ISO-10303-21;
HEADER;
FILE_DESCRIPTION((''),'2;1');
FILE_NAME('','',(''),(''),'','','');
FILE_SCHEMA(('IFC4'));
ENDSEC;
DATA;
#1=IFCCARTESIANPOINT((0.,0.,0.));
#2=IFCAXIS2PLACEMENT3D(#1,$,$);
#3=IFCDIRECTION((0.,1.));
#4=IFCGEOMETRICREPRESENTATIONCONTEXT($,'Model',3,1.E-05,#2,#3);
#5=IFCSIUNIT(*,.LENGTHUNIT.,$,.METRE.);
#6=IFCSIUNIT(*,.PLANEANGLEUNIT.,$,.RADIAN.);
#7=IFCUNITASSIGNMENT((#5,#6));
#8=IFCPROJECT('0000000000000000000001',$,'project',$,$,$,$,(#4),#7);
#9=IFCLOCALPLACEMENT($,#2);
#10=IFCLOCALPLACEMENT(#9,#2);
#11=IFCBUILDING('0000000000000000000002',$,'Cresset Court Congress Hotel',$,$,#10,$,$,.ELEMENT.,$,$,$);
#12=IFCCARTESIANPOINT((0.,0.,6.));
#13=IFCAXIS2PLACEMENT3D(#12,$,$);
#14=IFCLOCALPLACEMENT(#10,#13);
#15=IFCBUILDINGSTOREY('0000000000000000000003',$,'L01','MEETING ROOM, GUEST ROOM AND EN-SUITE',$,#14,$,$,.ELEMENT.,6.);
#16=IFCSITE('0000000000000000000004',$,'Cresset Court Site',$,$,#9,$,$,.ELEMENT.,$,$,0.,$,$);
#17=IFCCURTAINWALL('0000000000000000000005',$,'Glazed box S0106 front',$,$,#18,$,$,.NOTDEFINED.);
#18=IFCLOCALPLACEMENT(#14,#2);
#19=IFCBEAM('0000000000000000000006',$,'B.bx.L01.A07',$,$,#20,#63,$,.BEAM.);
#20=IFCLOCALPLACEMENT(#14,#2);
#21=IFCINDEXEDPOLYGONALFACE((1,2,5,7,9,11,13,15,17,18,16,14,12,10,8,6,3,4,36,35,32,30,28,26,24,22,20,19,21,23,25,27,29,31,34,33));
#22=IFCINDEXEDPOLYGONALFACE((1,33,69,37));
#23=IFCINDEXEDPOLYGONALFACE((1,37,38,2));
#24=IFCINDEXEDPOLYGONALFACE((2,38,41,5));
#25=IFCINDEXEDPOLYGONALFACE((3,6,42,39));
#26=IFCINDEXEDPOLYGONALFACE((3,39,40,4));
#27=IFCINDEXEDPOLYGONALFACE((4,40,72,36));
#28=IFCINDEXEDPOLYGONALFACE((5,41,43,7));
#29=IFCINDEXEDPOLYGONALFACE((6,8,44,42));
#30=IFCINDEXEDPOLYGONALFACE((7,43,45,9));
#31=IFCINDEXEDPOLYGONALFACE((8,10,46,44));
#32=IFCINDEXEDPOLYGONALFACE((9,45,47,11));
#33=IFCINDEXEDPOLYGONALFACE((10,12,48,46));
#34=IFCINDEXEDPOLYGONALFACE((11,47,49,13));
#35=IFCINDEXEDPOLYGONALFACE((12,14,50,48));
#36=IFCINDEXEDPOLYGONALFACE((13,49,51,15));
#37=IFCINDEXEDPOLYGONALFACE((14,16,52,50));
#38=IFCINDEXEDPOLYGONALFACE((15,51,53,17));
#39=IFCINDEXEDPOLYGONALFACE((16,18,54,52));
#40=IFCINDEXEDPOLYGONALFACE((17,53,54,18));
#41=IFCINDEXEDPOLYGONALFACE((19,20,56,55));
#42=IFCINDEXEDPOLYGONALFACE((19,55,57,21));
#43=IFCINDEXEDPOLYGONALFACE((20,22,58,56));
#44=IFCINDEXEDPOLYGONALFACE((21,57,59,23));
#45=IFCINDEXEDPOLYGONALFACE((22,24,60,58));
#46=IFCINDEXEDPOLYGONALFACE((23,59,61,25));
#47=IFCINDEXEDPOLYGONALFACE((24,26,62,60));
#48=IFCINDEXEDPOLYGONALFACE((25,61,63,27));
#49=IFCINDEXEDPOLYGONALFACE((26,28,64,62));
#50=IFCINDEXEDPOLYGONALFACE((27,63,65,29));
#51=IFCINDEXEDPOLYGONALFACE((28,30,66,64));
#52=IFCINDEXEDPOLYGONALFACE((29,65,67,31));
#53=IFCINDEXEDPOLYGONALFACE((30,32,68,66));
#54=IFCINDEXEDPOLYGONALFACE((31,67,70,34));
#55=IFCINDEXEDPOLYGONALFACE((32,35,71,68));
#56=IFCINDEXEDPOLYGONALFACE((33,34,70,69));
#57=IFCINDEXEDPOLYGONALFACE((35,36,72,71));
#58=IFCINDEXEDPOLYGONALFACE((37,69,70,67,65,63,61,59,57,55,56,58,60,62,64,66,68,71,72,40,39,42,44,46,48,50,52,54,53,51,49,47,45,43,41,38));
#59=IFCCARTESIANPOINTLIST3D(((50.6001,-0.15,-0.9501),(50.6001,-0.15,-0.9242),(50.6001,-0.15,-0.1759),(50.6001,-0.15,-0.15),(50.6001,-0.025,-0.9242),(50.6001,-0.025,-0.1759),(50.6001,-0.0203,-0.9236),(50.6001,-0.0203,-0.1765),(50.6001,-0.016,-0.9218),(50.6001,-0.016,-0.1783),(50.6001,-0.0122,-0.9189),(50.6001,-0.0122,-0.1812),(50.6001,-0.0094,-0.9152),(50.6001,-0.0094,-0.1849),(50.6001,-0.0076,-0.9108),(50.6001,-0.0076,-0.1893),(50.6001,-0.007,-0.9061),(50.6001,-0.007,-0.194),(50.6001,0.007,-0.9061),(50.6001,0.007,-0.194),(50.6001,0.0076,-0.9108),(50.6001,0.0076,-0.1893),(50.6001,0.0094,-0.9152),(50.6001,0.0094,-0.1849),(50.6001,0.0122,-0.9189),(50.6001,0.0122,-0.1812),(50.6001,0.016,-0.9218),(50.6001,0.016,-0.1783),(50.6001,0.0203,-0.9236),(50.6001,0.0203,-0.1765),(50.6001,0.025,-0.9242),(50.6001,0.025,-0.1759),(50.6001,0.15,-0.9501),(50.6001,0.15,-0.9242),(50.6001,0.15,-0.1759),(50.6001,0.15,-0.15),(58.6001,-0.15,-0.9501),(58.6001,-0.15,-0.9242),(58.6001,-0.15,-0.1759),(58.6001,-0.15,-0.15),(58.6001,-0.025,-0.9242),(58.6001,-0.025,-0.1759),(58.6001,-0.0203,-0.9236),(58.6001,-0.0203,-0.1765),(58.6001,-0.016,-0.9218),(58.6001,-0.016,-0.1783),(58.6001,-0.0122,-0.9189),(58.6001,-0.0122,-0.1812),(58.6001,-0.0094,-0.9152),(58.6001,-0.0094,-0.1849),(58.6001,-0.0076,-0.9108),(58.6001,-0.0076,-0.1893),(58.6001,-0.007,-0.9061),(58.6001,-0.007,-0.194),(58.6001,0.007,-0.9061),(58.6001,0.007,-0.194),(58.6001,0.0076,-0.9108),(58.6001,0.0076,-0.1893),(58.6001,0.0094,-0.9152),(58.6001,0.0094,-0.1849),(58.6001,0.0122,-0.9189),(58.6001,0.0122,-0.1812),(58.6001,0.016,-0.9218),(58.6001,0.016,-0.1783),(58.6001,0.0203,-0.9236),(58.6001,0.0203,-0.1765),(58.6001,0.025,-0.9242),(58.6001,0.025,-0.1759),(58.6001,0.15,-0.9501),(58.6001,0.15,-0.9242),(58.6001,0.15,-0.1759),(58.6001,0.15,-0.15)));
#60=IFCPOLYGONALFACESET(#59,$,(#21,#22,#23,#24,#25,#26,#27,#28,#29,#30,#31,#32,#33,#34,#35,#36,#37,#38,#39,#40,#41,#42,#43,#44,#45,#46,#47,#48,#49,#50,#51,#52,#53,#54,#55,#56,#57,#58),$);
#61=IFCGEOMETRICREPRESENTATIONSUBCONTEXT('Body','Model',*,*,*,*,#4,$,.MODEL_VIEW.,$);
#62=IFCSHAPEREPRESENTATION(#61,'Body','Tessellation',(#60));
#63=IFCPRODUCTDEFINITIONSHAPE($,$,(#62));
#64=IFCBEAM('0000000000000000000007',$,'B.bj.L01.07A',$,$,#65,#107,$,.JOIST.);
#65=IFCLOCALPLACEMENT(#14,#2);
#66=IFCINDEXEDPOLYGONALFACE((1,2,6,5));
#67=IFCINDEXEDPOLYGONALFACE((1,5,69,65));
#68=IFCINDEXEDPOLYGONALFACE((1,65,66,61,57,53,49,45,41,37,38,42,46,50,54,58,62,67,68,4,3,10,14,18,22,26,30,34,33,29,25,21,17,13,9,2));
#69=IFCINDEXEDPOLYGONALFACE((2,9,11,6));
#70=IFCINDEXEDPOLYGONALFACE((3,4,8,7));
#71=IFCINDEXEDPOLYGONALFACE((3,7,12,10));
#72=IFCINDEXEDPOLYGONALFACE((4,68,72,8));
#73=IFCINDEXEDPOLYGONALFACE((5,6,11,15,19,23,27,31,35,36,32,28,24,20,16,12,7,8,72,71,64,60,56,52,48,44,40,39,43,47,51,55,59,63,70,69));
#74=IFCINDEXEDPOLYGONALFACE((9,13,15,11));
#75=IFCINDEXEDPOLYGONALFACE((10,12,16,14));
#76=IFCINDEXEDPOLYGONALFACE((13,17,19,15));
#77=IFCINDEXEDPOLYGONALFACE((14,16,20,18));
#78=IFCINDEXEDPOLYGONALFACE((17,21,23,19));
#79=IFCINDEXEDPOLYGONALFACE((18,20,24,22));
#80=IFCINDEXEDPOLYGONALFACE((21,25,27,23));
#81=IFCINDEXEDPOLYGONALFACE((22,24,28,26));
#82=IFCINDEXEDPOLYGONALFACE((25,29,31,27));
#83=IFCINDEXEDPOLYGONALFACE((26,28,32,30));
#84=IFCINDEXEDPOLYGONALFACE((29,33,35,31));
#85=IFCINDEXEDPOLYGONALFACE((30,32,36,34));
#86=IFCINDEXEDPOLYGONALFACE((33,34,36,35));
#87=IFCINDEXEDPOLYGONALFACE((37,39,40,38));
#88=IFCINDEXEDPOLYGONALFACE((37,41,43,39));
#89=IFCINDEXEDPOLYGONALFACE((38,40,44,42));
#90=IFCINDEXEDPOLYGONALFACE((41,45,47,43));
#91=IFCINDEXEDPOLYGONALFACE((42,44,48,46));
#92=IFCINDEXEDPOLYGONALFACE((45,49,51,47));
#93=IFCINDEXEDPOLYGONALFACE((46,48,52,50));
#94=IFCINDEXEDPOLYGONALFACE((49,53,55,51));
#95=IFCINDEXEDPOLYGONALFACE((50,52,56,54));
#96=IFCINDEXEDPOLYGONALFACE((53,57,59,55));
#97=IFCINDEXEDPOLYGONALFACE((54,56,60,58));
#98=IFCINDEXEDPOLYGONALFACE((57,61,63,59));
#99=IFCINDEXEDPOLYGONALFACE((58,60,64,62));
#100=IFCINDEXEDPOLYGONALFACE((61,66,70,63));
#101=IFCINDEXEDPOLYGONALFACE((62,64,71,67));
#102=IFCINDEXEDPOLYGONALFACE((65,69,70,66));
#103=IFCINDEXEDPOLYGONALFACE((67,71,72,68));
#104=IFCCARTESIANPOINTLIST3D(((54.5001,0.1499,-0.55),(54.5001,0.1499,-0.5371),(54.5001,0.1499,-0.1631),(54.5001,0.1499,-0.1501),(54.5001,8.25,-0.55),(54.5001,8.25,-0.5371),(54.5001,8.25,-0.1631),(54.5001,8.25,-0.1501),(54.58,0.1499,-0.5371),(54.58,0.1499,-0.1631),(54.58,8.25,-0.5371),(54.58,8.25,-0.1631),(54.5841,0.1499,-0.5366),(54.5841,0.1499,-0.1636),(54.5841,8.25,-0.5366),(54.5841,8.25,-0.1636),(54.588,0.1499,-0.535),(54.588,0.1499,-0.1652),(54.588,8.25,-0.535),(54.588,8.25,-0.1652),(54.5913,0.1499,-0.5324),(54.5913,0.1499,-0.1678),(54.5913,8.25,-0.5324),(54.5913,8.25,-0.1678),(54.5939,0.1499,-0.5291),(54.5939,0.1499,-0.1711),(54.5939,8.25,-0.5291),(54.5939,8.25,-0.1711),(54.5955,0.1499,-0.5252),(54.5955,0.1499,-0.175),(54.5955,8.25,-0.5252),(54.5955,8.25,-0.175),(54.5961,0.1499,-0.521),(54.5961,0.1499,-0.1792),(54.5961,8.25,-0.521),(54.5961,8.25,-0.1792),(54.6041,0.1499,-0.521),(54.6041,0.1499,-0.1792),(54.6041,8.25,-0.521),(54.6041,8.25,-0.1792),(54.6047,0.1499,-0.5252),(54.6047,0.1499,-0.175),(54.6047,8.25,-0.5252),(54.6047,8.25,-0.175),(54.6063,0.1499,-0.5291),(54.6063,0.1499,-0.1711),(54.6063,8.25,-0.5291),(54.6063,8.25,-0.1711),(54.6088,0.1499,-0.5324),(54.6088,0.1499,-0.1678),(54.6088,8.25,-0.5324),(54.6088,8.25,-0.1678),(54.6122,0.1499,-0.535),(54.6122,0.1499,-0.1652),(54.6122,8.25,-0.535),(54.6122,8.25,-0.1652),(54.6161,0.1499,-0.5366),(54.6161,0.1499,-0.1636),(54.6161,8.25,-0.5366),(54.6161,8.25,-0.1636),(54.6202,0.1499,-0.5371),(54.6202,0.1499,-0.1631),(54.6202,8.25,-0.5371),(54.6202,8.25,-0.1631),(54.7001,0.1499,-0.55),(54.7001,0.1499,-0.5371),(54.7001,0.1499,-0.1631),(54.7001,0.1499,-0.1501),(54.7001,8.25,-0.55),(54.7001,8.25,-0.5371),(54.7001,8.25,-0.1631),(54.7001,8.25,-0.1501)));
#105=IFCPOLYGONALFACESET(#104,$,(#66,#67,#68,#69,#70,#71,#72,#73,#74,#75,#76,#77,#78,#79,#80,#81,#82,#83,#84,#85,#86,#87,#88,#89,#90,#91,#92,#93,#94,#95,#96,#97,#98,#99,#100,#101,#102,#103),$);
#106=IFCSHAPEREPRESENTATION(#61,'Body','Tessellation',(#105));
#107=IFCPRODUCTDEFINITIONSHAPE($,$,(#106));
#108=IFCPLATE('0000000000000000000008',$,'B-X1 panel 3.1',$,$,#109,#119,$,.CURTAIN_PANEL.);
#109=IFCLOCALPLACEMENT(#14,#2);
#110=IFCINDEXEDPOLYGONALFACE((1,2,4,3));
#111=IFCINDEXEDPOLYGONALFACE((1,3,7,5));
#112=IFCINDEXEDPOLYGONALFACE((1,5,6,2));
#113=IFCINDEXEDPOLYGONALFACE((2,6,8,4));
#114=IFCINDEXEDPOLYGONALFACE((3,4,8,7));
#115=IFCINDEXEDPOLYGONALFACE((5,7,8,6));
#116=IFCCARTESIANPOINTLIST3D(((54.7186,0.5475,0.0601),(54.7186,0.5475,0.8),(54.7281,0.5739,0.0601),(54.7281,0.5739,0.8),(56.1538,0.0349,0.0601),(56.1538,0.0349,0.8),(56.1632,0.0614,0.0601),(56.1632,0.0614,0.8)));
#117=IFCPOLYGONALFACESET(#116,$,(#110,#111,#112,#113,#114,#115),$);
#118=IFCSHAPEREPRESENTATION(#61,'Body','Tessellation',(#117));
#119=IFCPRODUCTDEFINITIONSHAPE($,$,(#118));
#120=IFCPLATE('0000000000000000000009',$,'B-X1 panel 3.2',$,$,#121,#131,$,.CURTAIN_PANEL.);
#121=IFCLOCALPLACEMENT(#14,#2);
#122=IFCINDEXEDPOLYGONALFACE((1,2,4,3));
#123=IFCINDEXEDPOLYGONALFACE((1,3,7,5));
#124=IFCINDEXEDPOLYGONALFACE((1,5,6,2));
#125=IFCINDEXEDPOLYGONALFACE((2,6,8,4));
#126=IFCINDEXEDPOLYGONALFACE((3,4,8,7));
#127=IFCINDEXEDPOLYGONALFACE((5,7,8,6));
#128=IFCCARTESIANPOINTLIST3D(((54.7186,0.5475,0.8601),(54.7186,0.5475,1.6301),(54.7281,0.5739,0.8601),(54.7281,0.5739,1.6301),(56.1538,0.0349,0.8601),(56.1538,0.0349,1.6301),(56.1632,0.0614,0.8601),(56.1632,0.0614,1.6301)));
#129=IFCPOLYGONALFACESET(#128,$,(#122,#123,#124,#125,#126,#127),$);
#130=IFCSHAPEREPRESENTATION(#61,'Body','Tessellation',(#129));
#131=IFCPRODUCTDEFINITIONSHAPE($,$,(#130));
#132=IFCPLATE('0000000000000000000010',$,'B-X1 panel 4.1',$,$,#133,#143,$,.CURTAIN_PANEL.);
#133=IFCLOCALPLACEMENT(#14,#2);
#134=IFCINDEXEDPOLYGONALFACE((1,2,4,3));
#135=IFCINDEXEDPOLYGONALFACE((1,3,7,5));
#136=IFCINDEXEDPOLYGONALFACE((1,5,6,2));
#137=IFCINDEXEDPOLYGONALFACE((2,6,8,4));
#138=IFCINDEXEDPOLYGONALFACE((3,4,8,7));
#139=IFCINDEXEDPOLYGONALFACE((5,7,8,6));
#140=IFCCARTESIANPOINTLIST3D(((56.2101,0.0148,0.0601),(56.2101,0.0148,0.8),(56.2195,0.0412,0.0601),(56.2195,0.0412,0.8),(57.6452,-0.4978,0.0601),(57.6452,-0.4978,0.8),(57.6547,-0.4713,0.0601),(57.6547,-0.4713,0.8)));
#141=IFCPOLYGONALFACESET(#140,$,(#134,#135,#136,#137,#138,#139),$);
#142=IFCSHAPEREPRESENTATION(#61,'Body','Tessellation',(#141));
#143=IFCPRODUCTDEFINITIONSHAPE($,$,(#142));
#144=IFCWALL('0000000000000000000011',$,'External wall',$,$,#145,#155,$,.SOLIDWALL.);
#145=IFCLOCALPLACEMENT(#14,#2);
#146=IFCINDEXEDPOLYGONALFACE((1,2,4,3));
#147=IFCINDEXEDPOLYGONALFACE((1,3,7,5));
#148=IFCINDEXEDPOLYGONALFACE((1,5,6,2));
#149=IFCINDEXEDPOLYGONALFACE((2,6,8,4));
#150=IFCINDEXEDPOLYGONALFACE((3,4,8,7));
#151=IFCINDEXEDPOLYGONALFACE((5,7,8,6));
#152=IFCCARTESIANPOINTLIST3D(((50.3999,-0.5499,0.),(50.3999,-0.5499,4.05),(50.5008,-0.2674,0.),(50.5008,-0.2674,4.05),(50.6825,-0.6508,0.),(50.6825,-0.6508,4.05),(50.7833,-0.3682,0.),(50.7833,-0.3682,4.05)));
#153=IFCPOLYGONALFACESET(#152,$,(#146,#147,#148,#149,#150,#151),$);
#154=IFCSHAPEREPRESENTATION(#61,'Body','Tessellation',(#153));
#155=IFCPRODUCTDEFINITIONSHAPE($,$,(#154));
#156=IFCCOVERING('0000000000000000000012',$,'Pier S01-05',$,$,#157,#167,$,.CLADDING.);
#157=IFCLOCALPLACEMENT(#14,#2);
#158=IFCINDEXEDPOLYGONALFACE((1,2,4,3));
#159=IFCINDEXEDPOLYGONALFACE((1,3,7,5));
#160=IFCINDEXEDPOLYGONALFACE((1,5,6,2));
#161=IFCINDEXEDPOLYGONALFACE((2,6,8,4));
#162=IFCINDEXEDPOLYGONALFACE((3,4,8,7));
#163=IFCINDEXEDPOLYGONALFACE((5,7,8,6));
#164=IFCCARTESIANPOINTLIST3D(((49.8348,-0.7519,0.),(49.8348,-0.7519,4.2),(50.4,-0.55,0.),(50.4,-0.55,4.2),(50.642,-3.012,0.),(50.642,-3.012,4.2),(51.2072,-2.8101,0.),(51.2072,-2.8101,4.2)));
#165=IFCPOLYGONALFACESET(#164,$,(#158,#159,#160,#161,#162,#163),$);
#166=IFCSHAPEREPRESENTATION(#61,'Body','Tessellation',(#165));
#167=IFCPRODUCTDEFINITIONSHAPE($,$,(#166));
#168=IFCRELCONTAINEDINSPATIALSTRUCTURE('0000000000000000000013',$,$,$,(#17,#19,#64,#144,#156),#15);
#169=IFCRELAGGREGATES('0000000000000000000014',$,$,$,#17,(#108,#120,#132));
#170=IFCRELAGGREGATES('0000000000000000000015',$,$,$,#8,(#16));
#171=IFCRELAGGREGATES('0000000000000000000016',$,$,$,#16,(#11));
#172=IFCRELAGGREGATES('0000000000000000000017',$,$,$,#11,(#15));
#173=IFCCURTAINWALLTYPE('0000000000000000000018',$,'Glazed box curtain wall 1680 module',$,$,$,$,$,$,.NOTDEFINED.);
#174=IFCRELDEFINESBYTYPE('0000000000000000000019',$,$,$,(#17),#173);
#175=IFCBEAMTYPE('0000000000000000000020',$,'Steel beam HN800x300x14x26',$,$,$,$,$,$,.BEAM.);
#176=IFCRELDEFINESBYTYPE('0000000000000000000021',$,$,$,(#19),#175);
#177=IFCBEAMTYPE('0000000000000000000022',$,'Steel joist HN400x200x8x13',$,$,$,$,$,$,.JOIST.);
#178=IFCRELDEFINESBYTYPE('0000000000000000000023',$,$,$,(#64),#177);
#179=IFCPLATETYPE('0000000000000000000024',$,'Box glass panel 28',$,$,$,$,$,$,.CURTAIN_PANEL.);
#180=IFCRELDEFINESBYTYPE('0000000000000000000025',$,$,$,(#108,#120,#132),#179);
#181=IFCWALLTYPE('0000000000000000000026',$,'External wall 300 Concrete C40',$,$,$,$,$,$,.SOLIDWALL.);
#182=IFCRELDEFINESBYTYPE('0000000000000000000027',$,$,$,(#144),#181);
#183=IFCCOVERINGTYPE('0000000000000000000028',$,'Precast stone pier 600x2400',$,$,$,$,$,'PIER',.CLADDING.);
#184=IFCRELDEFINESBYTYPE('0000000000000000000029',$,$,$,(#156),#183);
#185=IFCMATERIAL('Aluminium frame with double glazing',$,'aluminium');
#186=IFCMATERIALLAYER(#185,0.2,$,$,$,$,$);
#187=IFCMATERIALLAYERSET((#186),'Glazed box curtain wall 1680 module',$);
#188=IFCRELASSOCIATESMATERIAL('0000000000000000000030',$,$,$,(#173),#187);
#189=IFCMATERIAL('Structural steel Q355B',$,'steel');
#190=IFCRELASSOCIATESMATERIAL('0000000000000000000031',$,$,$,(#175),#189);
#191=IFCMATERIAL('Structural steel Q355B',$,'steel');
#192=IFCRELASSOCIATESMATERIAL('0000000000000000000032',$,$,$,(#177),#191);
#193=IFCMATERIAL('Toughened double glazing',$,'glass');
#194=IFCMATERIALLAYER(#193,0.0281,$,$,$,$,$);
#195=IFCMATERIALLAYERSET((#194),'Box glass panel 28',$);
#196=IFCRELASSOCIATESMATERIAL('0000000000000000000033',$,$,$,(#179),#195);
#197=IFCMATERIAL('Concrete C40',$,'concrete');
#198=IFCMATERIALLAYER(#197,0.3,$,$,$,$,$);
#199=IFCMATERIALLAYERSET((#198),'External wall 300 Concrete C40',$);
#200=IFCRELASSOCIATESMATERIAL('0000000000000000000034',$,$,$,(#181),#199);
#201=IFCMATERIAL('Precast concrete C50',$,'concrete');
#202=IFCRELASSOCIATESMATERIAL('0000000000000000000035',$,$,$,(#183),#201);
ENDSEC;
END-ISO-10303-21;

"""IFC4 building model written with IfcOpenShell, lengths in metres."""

from ifc_helpers import new_model, si_unit, direction, frame, frame_2d, origin, origin_2d, place, context, subcontext, project, spatial, rectangle, i_section, extrude, material, layer, layer_set, material_profile, profile_set, type_object, element, aggregate, save


model = new_model("IFC4")

# Units and contexts
model_context = context("Model", 3, precision=1e-05, world=origin(), true_north=direction((0.0, 1.0)))
body_context = subcontext(model_context, "Body", "Model", "MODEL_VIEW")
ifc_project = project(units=[si_unit("LENGTHUNIT", "METRE"), si_unit("PLANEANGLEUNIT", "RADIAN")], contexts=[model_context])

# Site, building, storey
site_placement = place(None, origin())
site = spatial("IfcSite", under=ifc_project, at=site_placement, Name="Cresset Court Site", CompositionType="ELEMENT", RefElevation=0.0)
building_placement = place(site_placement, origin())
building = spatial("IfcBuilding", under=site, at=building_placement, Name="Cresset Court Congress Hotel", CompositionType="ELEMENT")
storey_placement = place(building_placement, frame((0.0, 0.0, 6.0)))
storey = spatial("IfcBuildingStorey", under=building, at=storey_placement, Name="L01", Description="MEETING ROOM, GUEST ROOM AND EN-SUITE", CompositionType="ELEMENT", Elevation=6.0)

# Curtain wall
ifc_material_1 = material(Name="Aluminium frame with double glazing", Category="aluminium")
ifc_layer_1 = layer(ifc_material_1, 0.2)
ifc_layer_set_1 = layer_set([ifc_layer_1], Name="Glazed box curtain wall 1680 module")
curtain_wall_type = type_object("IfcCurtainWallType", Name="Glazed box curtain wall 1680 module", PredefinedType="NOTDEFINED", material=ifc_layer_set_1)
curtain_wall_1_placement = place(storey_placement, origin())
curtain_wall_1 = element("IfcCurtainWall", 1, at=curtain_wall_1_placement, inside=storey, type_object=curtain_wall_type, Name="Glazed box S0106 front", PredefinedType="NOTDEFINED")

# Beams
ifc_material_2 = material(Name="Structural steel Q355B", Category="steel")
ifc_material_profile_1 = material_profile(ifc_material_2, i_section(OverallWidth=0.3, OverallDepth=0.8, WebThickness=0.0139, FlangeThickness=0.0259, FilletRadius=0.0181, at=origin_2d()), Name="HN800x300x14x26")
ifc_profile_set_1 = profile_set([ifc_material_profile_1], Name="Structural steel Q355B")
beam_type_1 = type_object("IfcBeamType", Name="Steel beam HN800x300x14x26", PredefinedType="BEAM", material=ifc_profile_set_1)
beam_1_placement = place(storey_placement, frame((50.6001, 0.0, -0.55), z_axis=(1.0, 0.0, 0.0), x_axis=(0.0, 1.0, 0.0)))
element("IfcBeam", 2, at=beam_1_placement, inside=storey, type_object=beam_type_1, Name="B.bx.L01.A07", PredefinedType="BEAM", context=body_context, shape_type="SweptSolid", body=[
    extrude(i_section(OverallWidth=0.3, OverallDepth=0.8, WebThickness=0.0139, FlangeThickness=0.0259, FilletRadius=0.0181, at=origin_2d()), origin(), (0.0, 0.0, 1.0), 8.0),
])
ifc_material_3 = material(Name="Structural steel Q355B", Category="steel")
ifc_material_profile_2 = material_profile(ifc_material_3, i_section(OverallWidth=0.2, OverallDepth=0.3999, WebThickness=0.0081, FlangeThickness=0.0129, FilletRadius=0.0161, at=origin_2d()), Name="HN400x200x8x13")
ifc_profile_set_2 = profile_set([ifc_material_profile_2], Name="Structural steel Q355B")
beam_type_2 = type_object("IfcBeamType", Name="Steel joist HN400x200x8x13", PredefinedType="JOIST", material=ifc_profile_set_2)
beam_2_placement = place(storey_placement, frame((54.6001, 0.1499, -0.3501), z_axis=(0.0, 1.0, 0.0), x_axis=(-1.0, 0.0, 0.0)))
element("IfcBeam", 3, at=beam_2_placement, inside=storey, type_object=beam_type_2, Name="B.bj.L01.07A", PredefinedType="JOIST", context=body_context, shape_type="SweptSolid", body=[
    extrude(i_section(OverallWidth=0.2, OverallDepth=0.3999, WebThickness=0.0081, FlangeThickness=0.0129, FilletRadius=0.0161, at=origin_2d()), origin(), (0.0, 0.0, 1.0), 8.1001),
])

# Plates
ifc_material_4 = material(Name="Toughened double glazing", Category="glass")
ifc_layer_2 = layer(ifc_material_4, 0.0281)
ifc_layer_set_2 = layer_set([ifc_layer_2], Name="Box glass panel 28")
plate_type = type_object("IfcPlateType", Name="Box glass panel 28", PredefinedType="CURTAIN_PANEL", material=ifc_layer_set_2)
plate_1_placement = place(storey_placement, frame((55.4409, 0.3044, 0.0601), z_axis=(0.0, 0.0, 1.0), x_axis=(0.941742, -0.336336, 0.0)))
plate_1 = element("IfcPlate", 4, at=plate_1_placement, type_object=plate_type, Name="B-X1 panel 3.1", PredefinedType="CURTAIN_PANEL", context=body_context, shape_type="SweptSolid", body=[
    extrude(rectangle(XDim=1.5239, YDim=0.0281, at=origin_2d()), origin(), (0.0, 0.0, 1.0), 0.74),
])
plate_2_placement = place(storey_placement, frame((55.4409, 0.3044, 0.8601), z_axis=(0.0, 0.0, 1.0), x_axis=(0.941742, -0.336336, 0.0)))
plate_2 = element("IfcPlate", 5, at=plate_2_placement, type_object=plate_type, Name="B-X1 panel 3.2", PredefinedType="CURTAIN_PANEL", context=body_context, shape_type="SweptSolid", body=[
    extrude(rectangle(XDim=1.5239, YDim=0.0281, at=origin_2d()), origin(), (0.0, 0.0, 1.0), 0.77),
])
plate_3_placement = place(storey_placement, frame((56.9324, -0.2283, 0.0601), z_axis=(0.0, 0.0, 1.0), x_axis=(0.941742, -0.336336, 0.0)))
plate_3 = element("IfcPlate", 6, at=plate_3_placement, type_object=plate_type, Name="B-X1 panel 4.1", PredefinedType="CURTAIN_PANEL", context=body_context, shape_type="SweptSolid", body=[
    extrude(rectangle(XDim=1.5239, YDim=0.0281, at=origin_2d()), origin(), (0.0, 0.0, 1.0), 0.74),
])
aggregate(curtain_wall_1, [plate_1, plate_2, plate_3])

# Wall
ifc_material_5 = material(Name="Concrete C40", Category="concrete")
ifc_layer_3 = layer(ifc_material_5, 0.3)
ifc_layer_set_3 = layer_set([ifc_layer_3], Name="External wall 300 Concrete C40")
wall_type = type_object("IfcWallType", Name="External wall 300 Concrete C40", PredefinedType="SOLIDWALL", material=ifc_layer_set_3)
wall_placement = place(storey_placement, frame((50.4504, -0.4087, 0.0), z_axis=(0.0, 0.0, 1.0), x_axis=(0.941797, -0.336182, 0.0)))
element("IfcWall", 7, at=wall_placement, inside=storey, type_object=wall_type, Name="External wall", PredefinedType="SOLIDWALL", context=body_context, shape_type="SweptSolid", body=[
    extrude(rectangle(XDim=0.3, YDim=0.3, at=frame_2d((0.1499, 0.0))), origin(), (0.0, 0.0, 1.0), 4.05),
])

# Covering
ifc_material_6 = material(Name="Precast concrete C50", Category="concrete")
covering_type = type_object("IfcCoveringType", Name="Precast stone pier 600x2400", ElementType="PIER", PredefinedType="CLADDING", material=ifc_material_6)
covering_placement = place(storey_placement, frame((50.521, -1.781, 0.0), z_axis=(0.0, 0.0, 1.0), x_axis=(0.941742, 0.336336, 0.0)))
element("IfcCovering", 8, at=covering_placement, inside=storey, type_object=covering_type, Name="Pier S01-05", PredefinedType="CLADDING", context=body_context, shape_type="SweptSolid", body=[
    extrude(rectangle(XDim=0.6001, YDim=2.3999, at=origin_2d()), origin(), (0.0, 0.0, 1.0), 4.2),
])

save(model, "model.ifc")
